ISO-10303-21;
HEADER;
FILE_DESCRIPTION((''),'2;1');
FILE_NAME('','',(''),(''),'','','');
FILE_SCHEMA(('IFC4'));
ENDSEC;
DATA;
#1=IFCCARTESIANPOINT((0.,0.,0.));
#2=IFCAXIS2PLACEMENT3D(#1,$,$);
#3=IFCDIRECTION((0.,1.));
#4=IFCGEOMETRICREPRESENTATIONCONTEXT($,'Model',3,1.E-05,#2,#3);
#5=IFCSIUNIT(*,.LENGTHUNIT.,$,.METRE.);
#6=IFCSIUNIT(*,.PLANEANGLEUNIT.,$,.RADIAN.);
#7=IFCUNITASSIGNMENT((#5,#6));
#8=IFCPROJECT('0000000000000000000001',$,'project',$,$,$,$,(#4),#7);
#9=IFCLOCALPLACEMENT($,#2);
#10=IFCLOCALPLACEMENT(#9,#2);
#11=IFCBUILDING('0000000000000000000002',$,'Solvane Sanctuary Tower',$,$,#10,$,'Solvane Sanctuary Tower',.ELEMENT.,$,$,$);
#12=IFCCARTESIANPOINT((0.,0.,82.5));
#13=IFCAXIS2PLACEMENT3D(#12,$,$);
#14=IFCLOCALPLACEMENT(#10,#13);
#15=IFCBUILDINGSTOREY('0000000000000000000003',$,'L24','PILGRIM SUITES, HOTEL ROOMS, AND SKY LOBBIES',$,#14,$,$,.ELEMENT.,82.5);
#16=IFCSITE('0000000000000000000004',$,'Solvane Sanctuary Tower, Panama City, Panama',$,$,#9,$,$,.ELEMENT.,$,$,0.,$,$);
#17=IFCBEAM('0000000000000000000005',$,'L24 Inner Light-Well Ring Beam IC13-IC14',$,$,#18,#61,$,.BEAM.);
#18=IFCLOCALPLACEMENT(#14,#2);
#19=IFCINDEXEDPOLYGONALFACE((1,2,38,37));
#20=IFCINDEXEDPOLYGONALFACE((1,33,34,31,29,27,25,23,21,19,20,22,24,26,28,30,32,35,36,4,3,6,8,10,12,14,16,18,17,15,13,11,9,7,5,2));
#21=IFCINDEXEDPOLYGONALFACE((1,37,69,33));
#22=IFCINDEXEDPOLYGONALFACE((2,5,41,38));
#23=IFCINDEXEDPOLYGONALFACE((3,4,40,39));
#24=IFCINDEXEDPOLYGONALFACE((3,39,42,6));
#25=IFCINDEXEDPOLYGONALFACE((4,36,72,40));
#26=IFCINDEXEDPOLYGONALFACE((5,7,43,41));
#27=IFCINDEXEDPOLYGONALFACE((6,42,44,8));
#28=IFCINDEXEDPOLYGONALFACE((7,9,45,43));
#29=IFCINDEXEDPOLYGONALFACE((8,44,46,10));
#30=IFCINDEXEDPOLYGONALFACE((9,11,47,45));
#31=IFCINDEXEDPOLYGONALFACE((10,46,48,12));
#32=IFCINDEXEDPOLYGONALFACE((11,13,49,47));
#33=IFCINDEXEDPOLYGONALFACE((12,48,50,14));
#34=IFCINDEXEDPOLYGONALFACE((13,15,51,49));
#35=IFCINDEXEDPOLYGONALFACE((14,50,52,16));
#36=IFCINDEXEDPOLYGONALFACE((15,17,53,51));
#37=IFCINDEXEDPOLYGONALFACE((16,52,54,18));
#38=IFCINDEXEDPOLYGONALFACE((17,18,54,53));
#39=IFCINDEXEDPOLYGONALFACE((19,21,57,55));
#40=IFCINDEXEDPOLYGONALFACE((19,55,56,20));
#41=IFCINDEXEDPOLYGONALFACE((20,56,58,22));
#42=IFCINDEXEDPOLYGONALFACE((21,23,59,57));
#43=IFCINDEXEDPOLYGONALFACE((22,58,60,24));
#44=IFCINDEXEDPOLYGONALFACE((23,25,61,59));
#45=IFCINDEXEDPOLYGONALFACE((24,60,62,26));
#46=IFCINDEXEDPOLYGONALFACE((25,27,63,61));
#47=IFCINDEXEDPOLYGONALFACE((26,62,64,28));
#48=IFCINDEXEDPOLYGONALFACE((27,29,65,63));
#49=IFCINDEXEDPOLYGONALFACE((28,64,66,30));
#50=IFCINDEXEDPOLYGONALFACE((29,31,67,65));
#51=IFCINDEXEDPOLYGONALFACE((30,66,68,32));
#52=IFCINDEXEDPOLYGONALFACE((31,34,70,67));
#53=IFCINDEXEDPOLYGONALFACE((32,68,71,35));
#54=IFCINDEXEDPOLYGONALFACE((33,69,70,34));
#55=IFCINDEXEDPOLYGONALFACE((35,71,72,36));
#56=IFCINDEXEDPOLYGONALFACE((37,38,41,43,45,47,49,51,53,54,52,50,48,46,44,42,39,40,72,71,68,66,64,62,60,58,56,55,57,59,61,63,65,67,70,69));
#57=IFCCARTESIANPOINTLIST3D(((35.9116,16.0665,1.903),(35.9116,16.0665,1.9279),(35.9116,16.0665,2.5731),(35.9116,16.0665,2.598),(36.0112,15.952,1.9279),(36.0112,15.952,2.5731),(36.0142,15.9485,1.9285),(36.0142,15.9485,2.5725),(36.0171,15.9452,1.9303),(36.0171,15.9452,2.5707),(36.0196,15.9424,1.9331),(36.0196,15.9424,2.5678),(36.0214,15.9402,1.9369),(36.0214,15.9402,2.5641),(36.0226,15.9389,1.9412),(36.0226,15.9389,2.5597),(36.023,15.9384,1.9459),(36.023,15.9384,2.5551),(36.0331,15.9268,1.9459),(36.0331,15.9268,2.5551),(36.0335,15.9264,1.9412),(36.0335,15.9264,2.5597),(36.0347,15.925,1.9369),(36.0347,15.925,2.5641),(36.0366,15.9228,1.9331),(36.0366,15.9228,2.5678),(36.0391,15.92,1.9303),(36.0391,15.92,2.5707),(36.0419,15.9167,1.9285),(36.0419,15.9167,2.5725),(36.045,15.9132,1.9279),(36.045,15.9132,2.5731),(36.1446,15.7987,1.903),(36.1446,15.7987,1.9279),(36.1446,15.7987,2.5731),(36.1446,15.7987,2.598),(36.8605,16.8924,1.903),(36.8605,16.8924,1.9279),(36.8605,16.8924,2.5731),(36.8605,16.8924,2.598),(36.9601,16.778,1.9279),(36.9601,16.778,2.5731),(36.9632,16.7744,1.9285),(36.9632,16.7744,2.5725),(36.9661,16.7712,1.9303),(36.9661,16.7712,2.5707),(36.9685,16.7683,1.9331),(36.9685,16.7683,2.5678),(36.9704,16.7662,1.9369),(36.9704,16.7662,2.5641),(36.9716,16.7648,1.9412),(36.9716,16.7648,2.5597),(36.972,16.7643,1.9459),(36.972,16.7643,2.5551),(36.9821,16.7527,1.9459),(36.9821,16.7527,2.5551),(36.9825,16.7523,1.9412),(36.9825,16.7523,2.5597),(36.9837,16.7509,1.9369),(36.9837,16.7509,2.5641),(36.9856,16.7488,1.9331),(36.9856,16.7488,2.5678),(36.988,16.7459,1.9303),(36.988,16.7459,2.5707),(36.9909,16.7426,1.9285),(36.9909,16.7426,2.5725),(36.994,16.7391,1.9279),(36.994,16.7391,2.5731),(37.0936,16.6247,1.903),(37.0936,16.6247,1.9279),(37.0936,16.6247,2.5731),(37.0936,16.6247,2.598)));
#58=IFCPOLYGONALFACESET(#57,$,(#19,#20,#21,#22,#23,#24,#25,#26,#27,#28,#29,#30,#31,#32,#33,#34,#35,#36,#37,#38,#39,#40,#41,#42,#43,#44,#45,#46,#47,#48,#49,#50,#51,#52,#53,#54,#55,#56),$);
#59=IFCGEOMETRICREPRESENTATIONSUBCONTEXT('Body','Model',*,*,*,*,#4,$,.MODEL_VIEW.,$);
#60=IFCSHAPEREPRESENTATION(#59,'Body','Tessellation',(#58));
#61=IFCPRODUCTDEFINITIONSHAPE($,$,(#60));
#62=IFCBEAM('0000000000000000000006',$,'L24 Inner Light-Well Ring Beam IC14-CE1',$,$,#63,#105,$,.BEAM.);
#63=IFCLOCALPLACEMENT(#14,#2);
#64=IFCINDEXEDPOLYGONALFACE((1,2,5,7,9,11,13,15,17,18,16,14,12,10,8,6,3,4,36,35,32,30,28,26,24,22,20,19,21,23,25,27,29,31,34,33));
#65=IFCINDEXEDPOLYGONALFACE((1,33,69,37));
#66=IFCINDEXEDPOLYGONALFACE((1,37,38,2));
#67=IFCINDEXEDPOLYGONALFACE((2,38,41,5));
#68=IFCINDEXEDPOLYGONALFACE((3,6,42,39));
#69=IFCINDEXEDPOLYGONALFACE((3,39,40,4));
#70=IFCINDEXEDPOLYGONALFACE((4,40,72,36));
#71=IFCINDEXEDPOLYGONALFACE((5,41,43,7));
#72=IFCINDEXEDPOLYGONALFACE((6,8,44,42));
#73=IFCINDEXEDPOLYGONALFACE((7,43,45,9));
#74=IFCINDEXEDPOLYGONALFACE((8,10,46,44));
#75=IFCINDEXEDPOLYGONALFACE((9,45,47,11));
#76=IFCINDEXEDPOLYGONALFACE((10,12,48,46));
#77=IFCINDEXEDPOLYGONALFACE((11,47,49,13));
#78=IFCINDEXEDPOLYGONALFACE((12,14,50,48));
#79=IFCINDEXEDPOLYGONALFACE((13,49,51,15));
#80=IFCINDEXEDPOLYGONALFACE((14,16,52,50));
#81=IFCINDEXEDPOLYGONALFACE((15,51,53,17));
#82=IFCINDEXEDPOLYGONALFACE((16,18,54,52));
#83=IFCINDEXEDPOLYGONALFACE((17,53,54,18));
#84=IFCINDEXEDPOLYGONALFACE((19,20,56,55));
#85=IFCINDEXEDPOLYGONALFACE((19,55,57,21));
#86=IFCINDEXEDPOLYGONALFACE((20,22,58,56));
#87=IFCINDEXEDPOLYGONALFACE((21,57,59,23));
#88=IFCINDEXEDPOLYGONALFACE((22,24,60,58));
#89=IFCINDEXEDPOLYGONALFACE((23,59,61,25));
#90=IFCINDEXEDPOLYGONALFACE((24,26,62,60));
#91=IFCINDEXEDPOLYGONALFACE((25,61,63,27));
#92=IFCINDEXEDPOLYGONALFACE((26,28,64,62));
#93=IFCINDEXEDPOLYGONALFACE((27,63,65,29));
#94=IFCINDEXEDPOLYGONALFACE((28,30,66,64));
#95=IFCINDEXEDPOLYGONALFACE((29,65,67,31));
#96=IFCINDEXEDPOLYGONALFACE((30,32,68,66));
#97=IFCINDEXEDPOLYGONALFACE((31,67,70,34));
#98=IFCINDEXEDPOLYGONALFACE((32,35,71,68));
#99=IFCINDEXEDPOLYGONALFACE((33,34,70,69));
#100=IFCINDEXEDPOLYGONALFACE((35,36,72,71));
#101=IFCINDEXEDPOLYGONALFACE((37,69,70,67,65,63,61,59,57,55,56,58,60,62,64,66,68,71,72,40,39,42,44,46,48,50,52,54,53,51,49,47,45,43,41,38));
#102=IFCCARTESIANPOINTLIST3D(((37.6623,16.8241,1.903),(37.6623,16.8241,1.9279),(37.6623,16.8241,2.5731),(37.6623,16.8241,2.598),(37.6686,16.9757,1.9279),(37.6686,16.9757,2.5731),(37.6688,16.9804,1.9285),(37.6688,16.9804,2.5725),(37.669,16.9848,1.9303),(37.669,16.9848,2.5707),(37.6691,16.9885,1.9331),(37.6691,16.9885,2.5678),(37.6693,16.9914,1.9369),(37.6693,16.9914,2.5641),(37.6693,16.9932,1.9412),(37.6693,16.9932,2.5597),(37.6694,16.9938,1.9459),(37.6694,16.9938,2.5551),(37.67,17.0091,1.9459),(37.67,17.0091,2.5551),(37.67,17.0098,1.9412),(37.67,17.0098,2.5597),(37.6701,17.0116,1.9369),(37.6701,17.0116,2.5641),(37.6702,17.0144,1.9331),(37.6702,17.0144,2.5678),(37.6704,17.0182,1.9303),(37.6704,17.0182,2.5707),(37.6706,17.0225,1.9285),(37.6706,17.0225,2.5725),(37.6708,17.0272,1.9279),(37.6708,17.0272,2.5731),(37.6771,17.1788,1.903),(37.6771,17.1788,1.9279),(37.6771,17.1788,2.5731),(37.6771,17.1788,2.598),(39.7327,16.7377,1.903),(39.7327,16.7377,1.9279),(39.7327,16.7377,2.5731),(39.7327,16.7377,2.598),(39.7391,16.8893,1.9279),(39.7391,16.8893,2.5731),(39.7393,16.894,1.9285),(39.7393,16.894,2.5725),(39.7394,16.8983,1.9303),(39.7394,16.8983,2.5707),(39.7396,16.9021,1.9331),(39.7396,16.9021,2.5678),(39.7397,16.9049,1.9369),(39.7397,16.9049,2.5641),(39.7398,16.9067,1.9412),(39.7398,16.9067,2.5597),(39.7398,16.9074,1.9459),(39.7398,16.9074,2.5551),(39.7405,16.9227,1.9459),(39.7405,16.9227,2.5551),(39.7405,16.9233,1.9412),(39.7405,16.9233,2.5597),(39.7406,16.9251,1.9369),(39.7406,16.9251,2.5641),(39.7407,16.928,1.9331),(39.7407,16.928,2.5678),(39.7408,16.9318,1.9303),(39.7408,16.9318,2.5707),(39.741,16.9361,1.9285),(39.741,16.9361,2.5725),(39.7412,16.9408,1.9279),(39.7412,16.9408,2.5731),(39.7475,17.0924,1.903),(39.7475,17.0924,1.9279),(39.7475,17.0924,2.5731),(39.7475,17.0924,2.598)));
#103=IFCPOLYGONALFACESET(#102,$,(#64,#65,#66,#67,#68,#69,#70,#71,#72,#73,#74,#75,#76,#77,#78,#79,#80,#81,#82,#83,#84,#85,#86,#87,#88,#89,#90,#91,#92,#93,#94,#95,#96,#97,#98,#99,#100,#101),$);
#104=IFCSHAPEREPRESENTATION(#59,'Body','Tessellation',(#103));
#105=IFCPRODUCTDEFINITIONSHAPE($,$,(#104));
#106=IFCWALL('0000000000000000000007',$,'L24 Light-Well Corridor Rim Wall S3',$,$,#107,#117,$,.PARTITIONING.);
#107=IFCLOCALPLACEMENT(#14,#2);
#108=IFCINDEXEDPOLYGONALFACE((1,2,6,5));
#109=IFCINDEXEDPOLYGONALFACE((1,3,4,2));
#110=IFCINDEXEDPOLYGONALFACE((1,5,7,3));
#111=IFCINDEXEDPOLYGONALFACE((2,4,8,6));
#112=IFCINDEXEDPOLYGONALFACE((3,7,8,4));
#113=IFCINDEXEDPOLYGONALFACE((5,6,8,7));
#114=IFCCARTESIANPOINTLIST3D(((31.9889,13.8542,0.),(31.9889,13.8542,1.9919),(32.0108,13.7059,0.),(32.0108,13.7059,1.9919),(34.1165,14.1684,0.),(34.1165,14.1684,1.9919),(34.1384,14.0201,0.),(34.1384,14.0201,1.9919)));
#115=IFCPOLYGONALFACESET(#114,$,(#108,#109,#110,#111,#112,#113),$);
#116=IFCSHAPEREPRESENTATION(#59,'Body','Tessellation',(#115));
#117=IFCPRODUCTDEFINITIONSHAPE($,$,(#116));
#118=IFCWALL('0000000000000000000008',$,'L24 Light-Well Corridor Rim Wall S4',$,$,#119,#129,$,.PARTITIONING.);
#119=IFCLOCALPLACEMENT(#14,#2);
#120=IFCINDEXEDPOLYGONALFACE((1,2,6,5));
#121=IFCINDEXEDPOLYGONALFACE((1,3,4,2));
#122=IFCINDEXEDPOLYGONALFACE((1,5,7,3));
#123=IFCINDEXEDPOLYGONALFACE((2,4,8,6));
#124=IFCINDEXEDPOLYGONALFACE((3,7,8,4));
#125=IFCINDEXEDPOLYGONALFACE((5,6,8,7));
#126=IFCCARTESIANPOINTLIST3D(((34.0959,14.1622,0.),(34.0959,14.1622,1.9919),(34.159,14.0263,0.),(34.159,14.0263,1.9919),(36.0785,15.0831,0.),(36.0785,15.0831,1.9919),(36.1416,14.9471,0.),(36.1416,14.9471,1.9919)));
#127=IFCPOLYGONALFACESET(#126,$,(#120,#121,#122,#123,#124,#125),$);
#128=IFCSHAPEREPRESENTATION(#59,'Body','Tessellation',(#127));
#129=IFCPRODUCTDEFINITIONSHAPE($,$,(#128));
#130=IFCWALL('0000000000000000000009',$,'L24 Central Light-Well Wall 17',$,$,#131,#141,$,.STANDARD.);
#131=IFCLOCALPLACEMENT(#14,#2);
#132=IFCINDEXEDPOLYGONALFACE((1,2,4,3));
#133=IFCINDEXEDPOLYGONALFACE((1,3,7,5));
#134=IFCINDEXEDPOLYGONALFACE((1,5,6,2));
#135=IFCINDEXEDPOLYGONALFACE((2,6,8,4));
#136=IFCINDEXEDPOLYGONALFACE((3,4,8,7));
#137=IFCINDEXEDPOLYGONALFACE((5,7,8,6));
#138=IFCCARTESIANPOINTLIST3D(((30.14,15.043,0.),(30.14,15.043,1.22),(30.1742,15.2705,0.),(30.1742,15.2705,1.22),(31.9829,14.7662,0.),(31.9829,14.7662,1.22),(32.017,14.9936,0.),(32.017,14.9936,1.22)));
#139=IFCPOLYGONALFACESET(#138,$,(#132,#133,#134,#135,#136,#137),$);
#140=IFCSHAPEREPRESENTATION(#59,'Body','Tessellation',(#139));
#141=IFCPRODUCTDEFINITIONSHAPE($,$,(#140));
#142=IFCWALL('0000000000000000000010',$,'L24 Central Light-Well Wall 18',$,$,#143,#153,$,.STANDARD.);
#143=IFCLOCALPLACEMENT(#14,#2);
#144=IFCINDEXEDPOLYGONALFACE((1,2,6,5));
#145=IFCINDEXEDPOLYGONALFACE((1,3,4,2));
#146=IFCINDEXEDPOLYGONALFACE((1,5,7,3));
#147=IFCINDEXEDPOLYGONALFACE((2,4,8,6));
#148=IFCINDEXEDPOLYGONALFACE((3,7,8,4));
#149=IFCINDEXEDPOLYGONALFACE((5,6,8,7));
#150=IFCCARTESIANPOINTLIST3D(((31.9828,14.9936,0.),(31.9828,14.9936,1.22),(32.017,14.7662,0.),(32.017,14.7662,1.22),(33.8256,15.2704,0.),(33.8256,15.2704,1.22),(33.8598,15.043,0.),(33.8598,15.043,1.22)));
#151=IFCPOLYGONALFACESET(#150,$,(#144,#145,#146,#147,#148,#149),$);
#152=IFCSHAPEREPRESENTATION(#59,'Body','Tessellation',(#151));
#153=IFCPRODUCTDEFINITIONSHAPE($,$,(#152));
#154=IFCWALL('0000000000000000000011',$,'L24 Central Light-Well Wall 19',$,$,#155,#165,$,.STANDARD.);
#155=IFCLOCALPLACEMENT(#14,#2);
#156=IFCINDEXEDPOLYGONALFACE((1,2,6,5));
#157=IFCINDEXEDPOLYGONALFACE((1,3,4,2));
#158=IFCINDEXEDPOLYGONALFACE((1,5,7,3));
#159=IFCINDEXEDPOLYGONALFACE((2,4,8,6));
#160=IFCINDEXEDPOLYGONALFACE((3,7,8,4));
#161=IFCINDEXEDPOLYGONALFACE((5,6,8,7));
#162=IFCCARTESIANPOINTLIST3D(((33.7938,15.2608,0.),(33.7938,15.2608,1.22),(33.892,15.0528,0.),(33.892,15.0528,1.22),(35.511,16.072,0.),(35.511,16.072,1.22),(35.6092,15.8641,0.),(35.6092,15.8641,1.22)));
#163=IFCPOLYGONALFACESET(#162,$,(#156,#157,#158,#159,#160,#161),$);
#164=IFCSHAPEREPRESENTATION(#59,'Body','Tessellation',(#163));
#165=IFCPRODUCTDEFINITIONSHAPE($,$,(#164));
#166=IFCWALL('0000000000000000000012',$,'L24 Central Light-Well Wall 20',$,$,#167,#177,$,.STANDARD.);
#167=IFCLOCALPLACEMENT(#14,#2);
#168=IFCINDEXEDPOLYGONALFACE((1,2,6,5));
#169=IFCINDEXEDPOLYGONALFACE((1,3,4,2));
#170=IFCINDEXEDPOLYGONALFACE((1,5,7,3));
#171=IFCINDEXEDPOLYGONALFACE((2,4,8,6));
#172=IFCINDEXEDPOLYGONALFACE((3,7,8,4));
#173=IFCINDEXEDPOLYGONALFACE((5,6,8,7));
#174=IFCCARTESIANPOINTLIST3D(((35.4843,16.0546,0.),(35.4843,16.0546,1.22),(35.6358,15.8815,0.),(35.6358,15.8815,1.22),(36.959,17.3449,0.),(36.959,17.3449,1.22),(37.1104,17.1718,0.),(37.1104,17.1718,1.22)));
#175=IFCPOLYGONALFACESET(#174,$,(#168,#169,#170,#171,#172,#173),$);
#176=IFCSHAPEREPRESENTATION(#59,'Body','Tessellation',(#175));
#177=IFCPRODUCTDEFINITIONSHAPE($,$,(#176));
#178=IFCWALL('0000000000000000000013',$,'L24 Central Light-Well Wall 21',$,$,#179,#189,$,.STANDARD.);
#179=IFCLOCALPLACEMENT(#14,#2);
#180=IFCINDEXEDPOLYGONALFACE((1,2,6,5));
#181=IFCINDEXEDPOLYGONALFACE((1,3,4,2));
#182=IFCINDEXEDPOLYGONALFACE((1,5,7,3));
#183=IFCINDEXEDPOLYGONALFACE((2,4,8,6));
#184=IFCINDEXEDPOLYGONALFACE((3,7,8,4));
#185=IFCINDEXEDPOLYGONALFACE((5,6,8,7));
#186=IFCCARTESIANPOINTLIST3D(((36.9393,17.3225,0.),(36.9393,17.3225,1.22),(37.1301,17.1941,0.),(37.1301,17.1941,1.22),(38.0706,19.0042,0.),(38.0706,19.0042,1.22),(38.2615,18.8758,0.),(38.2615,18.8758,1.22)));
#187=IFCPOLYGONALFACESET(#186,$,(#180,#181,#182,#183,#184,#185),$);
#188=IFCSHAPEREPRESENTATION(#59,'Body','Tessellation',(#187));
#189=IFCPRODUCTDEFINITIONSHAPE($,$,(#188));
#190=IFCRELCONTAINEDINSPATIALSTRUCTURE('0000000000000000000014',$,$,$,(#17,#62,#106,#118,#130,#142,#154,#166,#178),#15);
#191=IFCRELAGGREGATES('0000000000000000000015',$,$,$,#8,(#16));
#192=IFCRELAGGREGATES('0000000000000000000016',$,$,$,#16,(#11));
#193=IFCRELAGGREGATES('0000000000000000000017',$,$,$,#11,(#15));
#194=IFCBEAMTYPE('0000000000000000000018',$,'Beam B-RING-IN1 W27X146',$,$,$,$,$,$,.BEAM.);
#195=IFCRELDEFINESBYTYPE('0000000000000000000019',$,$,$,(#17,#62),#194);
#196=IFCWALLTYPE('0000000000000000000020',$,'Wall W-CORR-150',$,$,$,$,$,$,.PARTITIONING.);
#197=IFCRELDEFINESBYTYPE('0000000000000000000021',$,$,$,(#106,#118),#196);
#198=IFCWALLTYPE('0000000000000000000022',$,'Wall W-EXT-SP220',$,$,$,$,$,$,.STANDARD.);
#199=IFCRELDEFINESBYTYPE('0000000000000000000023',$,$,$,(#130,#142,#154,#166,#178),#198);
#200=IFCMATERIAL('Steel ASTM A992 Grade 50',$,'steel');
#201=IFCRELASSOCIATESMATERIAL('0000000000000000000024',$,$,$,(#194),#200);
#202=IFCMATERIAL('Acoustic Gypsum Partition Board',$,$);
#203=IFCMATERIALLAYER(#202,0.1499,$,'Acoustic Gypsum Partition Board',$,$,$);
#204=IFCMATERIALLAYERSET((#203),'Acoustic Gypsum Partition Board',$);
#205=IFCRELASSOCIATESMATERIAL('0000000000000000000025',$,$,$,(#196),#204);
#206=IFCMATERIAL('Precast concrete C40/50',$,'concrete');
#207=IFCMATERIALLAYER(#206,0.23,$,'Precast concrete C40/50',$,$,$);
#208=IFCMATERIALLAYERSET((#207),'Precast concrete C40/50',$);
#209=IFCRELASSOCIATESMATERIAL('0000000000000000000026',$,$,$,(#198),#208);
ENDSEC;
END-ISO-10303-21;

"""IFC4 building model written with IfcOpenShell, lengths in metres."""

from ifc_helpers import new_model, si_unit, direction, frame, frame_2d, origin, origin_2d, place, context, subcontext, project, spatial, rectangle, i_section, extrude, material, layer, layer_set, material_profile, profile_set, type_object, element, save


model = new_model("IFC4")

# Units and contexts
model_context = context("Model", 3, precision=1e-05, world=origin(), true_north=direction((0.0, 1.0)))
body_context = subcontext(model_context, "Body", "Model", "MODEL_VIEW")
ifc_project = project(units=[si_unit("LENGTHUNIT", "METRE"), si_unit("PLANEANGLEUNIT", "RADIAN")], contexts=[model_context])

# Site, building, storey
site_placement = place(None, origin())
site = spatial("IfcSite", under=ifc_project, at=site_placement, Name="Solvane Sanctuary Tower, Panama City, Panama", CompositionType="ELEMENT", RefElevation=0.0)
building_placement = place(site_placement, origin())
building = spatial("IfcBuilding", under=site, at=building_placement, Name="Solvane Sanctuary Tower", LongName="Solvane Sanctuary Tower", CompositionType="ELEMENT")
storey_placement = place(building_placement, frame((0.0, 0.0, 82.5)))
storey = spatial("IfcBuildingStorey", under=building, at=storey_placement, Name="L24", Description="PILGRIM SUITES, HOTEL ROOMS, AND SKY LOBBIES", CompositionType="ELEMENT", Elevation=82.5)

# Beams
ifc_material_1 = material(Name="Steel ASTM A992 Grade 50", Category="steel")
ifc_material_profile_1 = material_profile(ifc_material_1, i_section(OverallWidth=0.355, OverallDepth=0.6951, WebThickness=0.0154, FlangeThickness=0.0249, FilletRadius=0.0181, at=origin_2d()), Name="W27X146")
ifc_profile_set_1 = profile_set([ifc_material_profile_1], Name="Steel ASTM A992 Grade 50")
beam_type_1 = type_object("IfcBeamType", Name="Beam B-RING-IN1 W27X146", PredefinedType="BEAM", material=ifc_profile_set_1)
beam_1_placement = place(storey_placement, frame((36.0281, 15.9326, 2.2505), z_axis=(0.754317, 0.65651, 0.0), x_axis=(-0.65651, 0.754317, 0.0)))
element("IfcBeam", 1, at=beam_1_placement, inside=storey, type_object=beam_type_1, Name="L24 Inner Light-Well Ring Beam IC13-IC14", PredefinedType="BEAM", context=body_context, shape_type="SweptSolid", body=[
    extrude(i_section(OverallWidth=0.355, OverallDepth=0.6951, WebThickness=0.0154, FlangeThickness=0.0249, FilletRadius=0.0181, at=origin_2d()), origin(), (0.0, 0.0, 1.0), 1.2581),
])
beam_2_placement = place(storey_placement, frame((37.6697, 17.0015, 2.2505), z_axis=(0.99913, -0.041704, 0.0), x_axis=(0.041704, 0.99913, 0.0)))
element("IfcBeam", 2, at=beam_2_placement, inside=storey, type_object=beam_type_1, Name="L24 Inner Light-Well Ring Beam IC14-CE1", PredefinedType="BEAM", context=body_context, shape_type="SweptSolid", body=[
    extrude(i_section(OverallWidth=0.355, OverallDepth=0.6951, WebThickness=0.0154, FlangeThickness=0.0249, FilletRadius=0.0181, at=origin_2d()), origin(), (0.0, 0.0, 1.0), 2.0723),
])

# Walls
ifc_material_2 = material(Name="Acoustic Gypsum Partition Board")
ifc_layer_1 = layer(ifc_material_2, 0.1499, Name="Acoustic Gypsum Partition Board")
ifc_layer_set_1 = layer_set([ifc_layer_1], Name="Acoustic Gypsum Partition Board")
wall_type_1 = type_object("IfcWallType", Name="Wall W-CORR-150", PredefinedType="PARTITIONING", material=ifc_layer_set_1)
wall_1_placement = place(storey_placement, frame((32.0, 13.78, 0.0), z_axis=(0.0, 0.0, 1.0), x_axis=(0.989269, 0.146108, 0.0)))
element("IfcWall", 3, at=wall_1_placement, inside=storey, type_object=wall_type_1, Name="L24 Light-Well Corridor Rim Wall S3", PredefinedType="PARTITIONING", context=body_context, shape_type="SweptSolid", body=[
    extrude(rectangle(XDim=2.1506, YDim=0.1499, at=frame_2d((1.0752, 0.0))), origin(), (0.0, 0.0, 1.0), 1.9919),
])
wall_2_placement = place(storey_placement, frame((34.1274, 14.0942, 0.0), z_axis=(0.0, 0.0, 1.0), x_axis=(0.906943, 0.421252, 0.0)))
element("IfcWall", 4, at=wall_2_placement, inside=storey, type_object=wall_type_1, Name="L24 Light-Well Corridor Rim Wall S4", PredefinedType="PARTITIONING", context=body_context, shape_type="SweptSolid", body=[
    extrude(rectangle(XDim=2.186, YDim=0.1499, at=frame_2d((1.093, 0.0))), origin(), (0.0, 0.0, 1.0), 1.9919),
])
ifc_material_3 = material(Name="Precast concrete C40/50", Category="concrete")
ifc_layer_2 = layer(ifc_material_3, 0.23, Name="Precast concrete C40/50")
ifc_layer_set_2 = layer_set([ifc_layer_2], Name="Precast concrete C40/50")
wall_type_2 = type_object("IfcWallType", Name="Wall W-EXT-SP220", PredefinedType="STANDARD", material=ifc_layer_set_2)
for number, where, z_axis, x_axis, name in (
    (5, (30.1572, 15.1567, 0.0), (0.0, 0.0, 1.0), (0.988902, -0.148571, 0.0), "L24 Central Light-Well Wall 17"),
    (6, (32.0, 14.8799, 0.0), (0.0, 0.0, 1.0), (0.988902, 0.148571, 0.0), "L24 Central Light-Well Wall 18"),
):
    element("IfcWall", number, at=place(storey_placement, frame(where, z_axis=z_axis, x_axis=x_axis)), inside=storey, type_object=wall_type_2, Name=name, PredefinedType="STANDARD", context=body_context, shape_type="SweptSolid", body=[
        extrude(rectangle(XDim=1.8635, YDim=0.23, at=frame_2d((0.9316, 0.0))), origin(), (0.0, 0.0, 1.0), 1.22),
    ])
wall_3_placement = place(storey_placement, frame((33.8428, 15.1567, 0.0), z_axis=(0.0, 0.0, 1.0), x_axis=(0.90418, 0.427152, 0.0)))
element("IfcWall", 7, at=wall_3_placement, inside=storey, type_object=wall_type_2, Name="L24 Central Light-Well Wall 19", PredefinedType="STANDARD", context=body_context, shape_type="SweptSolid", body=[
    extrude(rectangle(XDim=1.8992, YDim=0.23, at=frame_2d((0.9497, 0.0))), origin(), (0.0, 0.0, 1.0), 1.22),
])
wall_4_placement = place(storey_placement, frame((35.5601, 15.968, 0.0), z_axis=(0.0, 0.0, 1.0), x_axis=(0.752577, 0.658505, 0.0)))
element("IfcWall", 8, at=wall_4_placement, inside=storey, type_object=wall_type_2, Name="L24 Central Light-Well Wall 20", PredefinedType="STANDARD", context=body_context, shape_type="SweptSolid", body=[
    extrude(rectangle(XDim=1.9595, YDim=0.23, at=frame_2d((0.9797, 0.0))), origin(), (0.0, 0.0, 1.0), 1.22),
])
wall_5_placement = place(storey_placement, frame((37.0347, 17.2583, 0.0), z_axis=(0.0, 0.0, 1.0), x_axis=(0.558198, 0.829708, 0.0)))
element("IfcWall", 9, at=wall_5_placement, inside=storey, type_object=wall_type_2, Name="L24 Central Light-Well Wall 21", PredefinedType="STANDARD", context=body_context, shape_type="SweptSolid", body=[
    extrude(rectangle(XDim=2.0269, YDim=0.23, at=frame_2d((1.0134, 0.0))), origin(), (0.0, 0.0, 1.0), 1.22),
])

save(model, "model.ifc")
